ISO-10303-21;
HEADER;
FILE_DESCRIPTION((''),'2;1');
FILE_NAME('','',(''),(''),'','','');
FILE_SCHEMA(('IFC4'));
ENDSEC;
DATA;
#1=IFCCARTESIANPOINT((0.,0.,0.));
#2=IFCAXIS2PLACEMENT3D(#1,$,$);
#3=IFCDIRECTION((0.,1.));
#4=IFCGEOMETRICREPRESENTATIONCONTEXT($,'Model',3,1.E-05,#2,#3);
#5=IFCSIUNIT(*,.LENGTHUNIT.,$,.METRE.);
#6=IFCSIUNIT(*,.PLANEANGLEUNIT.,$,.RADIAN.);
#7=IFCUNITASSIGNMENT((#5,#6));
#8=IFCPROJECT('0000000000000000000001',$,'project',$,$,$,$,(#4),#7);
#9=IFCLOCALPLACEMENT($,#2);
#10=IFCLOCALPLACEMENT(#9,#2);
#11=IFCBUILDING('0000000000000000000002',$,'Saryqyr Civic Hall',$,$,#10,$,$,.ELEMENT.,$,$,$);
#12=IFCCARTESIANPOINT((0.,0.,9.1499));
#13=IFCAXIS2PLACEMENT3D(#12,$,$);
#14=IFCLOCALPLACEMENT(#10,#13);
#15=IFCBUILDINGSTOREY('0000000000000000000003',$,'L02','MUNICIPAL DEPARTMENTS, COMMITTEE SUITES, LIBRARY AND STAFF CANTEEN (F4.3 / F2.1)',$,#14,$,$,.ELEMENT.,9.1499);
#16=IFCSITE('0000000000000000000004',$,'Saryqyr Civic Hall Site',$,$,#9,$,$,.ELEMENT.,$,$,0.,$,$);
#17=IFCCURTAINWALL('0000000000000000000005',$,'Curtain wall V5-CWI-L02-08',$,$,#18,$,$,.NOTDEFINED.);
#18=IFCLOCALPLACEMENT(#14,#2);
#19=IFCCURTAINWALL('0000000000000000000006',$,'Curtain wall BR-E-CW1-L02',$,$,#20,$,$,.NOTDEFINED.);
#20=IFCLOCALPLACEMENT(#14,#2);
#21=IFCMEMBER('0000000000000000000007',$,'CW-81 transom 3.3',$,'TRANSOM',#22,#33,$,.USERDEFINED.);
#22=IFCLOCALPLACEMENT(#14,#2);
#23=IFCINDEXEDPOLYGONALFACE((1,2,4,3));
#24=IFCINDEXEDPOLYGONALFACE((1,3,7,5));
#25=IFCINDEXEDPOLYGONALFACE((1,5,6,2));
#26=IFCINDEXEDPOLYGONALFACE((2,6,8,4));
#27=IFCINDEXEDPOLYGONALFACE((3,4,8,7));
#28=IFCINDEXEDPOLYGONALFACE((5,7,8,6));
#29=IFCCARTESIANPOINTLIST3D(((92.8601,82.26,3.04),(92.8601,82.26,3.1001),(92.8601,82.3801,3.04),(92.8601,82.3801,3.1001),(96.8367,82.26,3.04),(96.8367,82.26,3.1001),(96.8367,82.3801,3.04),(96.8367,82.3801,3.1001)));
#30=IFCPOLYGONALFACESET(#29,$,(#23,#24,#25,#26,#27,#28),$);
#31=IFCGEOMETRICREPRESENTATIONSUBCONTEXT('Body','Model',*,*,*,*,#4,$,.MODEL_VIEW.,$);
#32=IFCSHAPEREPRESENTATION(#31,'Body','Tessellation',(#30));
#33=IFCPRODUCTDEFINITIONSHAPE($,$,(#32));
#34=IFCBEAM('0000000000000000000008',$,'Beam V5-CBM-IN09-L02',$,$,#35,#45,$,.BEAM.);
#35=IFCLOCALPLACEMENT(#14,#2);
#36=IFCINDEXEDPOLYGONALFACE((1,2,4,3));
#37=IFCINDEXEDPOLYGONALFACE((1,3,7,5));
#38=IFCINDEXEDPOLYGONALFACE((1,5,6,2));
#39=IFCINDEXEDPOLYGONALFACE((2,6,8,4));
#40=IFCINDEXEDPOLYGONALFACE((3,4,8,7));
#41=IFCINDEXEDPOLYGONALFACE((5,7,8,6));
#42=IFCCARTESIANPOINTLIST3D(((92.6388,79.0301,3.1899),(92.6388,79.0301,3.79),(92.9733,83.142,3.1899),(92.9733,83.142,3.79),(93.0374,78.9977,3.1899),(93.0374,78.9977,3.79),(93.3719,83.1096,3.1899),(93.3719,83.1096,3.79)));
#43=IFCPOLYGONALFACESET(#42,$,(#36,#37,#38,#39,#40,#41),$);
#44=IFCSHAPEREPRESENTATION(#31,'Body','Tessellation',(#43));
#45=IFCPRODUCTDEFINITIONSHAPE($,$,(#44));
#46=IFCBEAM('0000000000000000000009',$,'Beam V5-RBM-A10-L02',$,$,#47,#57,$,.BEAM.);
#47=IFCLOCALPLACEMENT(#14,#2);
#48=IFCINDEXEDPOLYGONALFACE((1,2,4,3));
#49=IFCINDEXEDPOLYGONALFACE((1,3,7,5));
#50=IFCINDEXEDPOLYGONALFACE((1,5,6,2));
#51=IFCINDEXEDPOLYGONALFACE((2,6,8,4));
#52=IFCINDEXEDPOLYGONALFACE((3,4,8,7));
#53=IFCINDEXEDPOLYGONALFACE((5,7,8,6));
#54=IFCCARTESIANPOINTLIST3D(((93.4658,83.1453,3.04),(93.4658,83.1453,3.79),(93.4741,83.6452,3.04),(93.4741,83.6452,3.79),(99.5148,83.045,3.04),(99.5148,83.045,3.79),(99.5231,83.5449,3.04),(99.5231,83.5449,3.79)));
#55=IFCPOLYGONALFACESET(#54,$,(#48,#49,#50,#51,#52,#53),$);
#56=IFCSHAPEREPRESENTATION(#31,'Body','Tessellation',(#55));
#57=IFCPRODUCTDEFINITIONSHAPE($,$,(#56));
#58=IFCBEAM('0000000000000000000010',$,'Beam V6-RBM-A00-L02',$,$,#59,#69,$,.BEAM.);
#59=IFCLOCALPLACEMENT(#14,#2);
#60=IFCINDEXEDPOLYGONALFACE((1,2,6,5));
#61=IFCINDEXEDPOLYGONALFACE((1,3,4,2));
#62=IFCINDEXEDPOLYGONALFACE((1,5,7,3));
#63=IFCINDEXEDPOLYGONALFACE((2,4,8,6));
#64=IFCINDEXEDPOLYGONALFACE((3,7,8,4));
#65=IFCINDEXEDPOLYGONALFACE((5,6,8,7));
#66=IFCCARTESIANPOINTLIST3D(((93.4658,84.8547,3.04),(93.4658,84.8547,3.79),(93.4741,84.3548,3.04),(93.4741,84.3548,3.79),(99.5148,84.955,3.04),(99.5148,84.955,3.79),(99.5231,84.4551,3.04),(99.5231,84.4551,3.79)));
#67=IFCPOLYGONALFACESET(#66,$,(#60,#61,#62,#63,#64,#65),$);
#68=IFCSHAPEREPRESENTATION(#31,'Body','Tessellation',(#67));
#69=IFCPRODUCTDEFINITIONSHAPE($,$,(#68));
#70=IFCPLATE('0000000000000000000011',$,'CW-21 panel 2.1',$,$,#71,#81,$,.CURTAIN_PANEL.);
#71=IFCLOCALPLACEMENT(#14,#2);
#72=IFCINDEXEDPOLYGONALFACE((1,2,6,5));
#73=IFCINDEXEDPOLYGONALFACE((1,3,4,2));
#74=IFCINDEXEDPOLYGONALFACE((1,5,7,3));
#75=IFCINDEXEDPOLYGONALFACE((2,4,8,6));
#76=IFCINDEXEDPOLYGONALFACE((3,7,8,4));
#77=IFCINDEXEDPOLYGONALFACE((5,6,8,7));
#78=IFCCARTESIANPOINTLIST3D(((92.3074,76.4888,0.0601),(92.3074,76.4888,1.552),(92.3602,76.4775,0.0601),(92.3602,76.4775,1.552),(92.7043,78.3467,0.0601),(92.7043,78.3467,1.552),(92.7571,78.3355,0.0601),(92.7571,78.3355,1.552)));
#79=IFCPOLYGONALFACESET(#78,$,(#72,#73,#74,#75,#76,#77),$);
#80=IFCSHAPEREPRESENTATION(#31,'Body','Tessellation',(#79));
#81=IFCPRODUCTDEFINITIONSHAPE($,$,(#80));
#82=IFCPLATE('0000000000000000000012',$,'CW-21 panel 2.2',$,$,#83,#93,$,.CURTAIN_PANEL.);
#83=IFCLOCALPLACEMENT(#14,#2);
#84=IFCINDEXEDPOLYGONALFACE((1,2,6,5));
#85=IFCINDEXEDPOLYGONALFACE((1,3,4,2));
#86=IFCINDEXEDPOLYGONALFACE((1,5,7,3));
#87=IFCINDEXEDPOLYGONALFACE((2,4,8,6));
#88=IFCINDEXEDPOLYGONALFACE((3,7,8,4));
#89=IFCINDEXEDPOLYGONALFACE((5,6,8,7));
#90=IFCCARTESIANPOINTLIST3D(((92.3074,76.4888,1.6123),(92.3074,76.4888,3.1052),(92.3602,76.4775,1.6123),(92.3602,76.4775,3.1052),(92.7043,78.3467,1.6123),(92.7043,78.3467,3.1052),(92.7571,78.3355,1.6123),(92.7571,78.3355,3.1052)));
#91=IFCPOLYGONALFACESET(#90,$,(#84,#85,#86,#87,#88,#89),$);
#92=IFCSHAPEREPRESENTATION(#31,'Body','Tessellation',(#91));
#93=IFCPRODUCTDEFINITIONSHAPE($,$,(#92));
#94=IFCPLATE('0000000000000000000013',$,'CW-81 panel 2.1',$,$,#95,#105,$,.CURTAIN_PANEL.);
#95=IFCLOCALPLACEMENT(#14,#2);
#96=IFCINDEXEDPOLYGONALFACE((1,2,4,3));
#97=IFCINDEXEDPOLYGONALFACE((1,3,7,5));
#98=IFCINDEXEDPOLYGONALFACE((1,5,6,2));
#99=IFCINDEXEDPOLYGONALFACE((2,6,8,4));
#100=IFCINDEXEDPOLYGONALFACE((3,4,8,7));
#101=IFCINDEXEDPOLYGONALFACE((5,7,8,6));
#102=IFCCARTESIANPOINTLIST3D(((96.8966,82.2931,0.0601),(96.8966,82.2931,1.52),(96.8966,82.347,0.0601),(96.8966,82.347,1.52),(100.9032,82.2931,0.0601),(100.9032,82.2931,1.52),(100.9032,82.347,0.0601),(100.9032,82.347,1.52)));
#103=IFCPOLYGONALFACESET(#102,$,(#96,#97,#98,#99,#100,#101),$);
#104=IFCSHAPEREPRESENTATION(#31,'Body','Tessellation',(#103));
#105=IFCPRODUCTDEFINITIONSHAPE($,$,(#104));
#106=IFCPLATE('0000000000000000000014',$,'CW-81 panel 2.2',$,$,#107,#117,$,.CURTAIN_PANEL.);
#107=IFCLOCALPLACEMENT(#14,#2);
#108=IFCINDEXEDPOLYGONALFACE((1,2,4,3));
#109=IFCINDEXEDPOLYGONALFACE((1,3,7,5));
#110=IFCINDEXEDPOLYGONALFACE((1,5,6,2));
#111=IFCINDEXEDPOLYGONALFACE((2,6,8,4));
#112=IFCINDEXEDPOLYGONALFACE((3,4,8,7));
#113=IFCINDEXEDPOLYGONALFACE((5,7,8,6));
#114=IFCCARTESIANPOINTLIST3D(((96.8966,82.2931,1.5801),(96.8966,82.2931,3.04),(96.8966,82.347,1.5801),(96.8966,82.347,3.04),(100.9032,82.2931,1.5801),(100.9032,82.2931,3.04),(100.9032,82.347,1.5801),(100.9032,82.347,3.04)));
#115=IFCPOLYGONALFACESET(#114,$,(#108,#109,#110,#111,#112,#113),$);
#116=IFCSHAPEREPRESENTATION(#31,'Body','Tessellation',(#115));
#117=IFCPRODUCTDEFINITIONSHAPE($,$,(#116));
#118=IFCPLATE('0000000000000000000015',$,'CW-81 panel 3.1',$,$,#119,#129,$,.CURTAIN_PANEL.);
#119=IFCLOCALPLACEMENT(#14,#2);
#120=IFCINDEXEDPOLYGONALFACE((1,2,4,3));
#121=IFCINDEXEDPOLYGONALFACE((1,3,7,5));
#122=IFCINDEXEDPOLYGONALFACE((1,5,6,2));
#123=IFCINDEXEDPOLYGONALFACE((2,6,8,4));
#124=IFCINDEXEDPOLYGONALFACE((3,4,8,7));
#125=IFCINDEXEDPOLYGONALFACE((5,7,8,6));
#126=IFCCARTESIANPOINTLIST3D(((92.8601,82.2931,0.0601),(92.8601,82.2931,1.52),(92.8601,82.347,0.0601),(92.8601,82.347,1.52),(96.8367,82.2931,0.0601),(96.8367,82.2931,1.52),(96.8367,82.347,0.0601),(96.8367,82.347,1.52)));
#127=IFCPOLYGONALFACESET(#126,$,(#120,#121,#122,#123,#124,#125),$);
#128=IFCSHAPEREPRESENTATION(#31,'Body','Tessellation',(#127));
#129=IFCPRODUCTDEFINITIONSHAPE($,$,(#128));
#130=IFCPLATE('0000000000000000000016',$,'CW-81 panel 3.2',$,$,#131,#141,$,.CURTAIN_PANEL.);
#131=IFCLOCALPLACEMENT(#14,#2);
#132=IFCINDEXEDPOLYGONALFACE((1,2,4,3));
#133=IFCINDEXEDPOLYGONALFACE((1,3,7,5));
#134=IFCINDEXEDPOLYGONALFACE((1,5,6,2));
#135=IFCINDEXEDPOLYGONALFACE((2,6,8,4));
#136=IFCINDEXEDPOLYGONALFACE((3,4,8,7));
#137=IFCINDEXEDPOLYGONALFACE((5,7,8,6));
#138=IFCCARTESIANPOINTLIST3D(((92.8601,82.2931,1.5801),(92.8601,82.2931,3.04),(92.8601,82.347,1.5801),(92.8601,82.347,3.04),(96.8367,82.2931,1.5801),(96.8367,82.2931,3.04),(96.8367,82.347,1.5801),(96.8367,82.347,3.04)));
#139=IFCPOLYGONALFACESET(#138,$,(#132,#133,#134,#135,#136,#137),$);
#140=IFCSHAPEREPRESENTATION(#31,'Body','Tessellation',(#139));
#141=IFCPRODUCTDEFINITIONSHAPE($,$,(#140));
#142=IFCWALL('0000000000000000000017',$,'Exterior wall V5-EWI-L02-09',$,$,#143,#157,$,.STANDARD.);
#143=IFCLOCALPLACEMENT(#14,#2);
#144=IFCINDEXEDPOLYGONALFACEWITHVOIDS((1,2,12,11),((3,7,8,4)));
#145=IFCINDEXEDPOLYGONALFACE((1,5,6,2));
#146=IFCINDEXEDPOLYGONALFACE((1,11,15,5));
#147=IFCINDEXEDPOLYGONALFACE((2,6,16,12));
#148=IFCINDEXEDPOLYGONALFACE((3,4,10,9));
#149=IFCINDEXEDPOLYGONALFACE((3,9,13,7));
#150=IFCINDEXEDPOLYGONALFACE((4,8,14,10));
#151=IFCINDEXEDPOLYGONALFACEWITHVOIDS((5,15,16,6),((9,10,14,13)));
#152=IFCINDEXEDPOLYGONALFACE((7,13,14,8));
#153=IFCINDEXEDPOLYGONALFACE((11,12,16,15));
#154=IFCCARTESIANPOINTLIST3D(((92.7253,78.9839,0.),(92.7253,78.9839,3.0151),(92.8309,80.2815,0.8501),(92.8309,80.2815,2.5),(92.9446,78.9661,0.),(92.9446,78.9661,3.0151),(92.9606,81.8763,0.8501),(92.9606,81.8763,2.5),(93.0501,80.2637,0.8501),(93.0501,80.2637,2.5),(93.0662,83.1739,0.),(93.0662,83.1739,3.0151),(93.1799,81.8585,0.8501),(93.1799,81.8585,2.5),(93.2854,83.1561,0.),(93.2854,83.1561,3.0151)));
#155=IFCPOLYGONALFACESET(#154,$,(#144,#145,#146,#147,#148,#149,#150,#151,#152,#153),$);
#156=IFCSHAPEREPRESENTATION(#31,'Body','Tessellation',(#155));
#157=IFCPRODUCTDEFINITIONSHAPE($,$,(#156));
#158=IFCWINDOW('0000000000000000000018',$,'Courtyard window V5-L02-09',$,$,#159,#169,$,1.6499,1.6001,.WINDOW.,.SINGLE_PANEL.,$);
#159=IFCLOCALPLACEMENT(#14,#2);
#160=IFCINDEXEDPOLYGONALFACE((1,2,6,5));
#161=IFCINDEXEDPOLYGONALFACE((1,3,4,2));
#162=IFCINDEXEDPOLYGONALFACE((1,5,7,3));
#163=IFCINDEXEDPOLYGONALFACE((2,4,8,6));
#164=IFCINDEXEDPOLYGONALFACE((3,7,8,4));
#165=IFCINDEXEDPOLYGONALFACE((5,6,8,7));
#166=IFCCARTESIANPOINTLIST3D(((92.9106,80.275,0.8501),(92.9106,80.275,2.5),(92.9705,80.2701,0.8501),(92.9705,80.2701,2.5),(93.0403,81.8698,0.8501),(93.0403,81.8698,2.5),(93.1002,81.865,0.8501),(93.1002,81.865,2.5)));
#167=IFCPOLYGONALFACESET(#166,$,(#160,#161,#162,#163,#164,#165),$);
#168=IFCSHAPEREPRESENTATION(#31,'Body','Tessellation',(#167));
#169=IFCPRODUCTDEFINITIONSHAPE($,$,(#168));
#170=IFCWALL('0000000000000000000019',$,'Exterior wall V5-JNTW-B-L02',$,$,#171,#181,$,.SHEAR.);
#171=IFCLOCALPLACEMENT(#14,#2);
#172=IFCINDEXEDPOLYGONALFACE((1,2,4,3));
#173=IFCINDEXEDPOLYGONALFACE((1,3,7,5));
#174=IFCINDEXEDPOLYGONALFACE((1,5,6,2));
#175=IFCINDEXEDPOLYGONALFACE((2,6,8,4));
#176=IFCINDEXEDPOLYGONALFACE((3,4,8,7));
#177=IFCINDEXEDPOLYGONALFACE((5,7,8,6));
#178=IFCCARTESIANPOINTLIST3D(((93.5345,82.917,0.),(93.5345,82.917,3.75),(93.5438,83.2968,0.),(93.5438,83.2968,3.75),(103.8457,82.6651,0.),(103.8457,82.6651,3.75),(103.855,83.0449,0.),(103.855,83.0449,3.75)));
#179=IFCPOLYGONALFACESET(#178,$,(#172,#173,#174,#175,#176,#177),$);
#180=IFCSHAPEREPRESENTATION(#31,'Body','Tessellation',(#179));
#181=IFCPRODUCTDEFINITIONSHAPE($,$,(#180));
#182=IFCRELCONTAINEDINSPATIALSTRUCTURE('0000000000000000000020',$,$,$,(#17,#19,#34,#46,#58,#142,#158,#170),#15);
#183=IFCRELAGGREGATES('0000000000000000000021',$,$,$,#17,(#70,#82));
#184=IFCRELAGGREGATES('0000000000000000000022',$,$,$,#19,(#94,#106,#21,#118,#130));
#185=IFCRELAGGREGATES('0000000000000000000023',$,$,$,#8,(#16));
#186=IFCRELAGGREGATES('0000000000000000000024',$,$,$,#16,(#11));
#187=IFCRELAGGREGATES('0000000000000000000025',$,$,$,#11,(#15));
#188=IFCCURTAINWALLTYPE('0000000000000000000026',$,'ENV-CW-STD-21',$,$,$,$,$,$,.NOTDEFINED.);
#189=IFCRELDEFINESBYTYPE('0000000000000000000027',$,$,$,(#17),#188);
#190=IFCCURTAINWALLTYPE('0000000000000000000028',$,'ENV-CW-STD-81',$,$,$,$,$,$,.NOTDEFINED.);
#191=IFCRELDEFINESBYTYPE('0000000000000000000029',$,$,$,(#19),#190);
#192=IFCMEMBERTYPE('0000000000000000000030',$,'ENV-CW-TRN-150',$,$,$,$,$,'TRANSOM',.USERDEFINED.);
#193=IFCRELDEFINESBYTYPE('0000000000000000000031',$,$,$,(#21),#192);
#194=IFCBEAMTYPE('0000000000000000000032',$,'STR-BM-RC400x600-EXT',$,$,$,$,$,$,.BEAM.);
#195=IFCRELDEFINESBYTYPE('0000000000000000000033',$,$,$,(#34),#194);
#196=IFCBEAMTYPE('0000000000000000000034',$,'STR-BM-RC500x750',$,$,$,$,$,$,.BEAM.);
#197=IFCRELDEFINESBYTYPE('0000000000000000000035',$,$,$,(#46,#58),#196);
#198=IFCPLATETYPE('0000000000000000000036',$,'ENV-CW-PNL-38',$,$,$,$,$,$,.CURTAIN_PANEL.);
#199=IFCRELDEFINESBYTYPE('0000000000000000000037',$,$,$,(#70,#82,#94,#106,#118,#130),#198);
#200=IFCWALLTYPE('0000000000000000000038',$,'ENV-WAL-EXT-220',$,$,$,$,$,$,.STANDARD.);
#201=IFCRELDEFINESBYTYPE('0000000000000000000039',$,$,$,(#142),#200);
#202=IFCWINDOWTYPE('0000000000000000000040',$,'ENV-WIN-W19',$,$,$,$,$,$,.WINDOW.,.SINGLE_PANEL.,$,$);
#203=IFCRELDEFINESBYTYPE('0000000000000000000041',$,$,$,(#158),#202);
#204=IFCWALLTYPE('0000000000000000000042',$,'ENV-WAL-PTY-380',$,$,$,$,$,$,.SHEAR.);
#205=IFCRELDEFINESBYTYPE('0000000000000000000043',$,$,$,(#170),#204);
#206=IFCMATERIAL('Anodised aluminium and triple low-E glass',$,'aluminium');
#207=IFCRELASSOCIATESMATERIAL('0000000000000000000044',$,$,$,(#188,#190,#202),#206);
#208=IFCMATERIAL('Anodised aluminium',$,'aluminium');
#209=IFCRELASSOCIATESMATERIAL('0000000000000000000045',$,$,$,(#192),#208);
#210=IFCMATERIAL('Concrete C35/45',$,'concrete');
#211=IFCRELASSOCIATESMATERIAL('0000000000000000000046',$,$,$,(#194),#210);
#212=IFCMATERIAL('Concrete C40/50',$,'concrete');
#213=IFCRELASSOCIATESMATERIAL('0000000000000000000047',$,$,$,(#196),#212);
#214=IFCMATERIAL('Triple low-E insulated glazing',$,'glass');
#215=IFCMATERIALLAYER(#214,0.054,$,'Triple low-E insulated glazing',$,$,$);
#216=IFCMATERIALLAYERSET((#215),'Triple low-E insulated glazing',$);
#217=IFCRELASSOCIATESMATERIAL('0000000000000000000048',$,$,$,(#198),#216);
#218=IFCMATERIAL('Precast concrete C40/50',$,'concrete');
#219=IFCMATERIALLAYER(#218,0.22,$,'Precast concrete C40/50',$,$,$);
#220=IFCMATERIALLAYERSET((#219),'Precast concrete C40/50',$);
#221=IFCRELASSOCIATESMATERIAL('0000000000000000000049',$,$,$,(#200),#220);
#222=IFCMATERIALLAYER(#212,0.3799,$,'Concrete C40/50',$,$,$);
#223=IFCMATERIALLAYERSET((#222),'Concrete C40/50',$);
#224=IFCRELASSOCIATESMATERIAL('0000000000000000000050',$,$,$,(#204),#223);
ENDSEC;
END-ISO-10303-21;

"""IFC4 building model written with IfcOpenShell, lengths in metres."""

from ifc_helpers import new_model, si_unit, direction, frame, frame_2d, origin, origin_2d, place, context, subcontext, project, spatial, rectangle, extrude, material, layer, layer_set, material_profile, profile_set, type_object, element, fill, aggregate, save


model = new_model("IFC4")

# Units and contexts
model_context = context("Model", 3, precision=1e-05, world=origin(), true_north=direction((0.0, 1.0)))
body_context = subcontext(model_context, "Body", "Model", "MODEL_VIEW")
ifc_project = project(units=[si_unit("LENGTHUNIT", "METRE"), si_unit("PLANEANGLEUNIT", "RADIAN")], contexts=[model_context])

# Site, building, storey
site_placement = place(None, origin())
site = spatial("IfcSite", under=ifc_project, at=site_placement, Name="Saryqyr Civic Hall Site", CompositionType="ELEMENT", RefElevation=0.0)
building_placement = place(site_placement, origin())
building = spatial("IfcBuilding", under=site, at=building_placement, Name="Saryqyr Civic Hall", CompositionType="ELEMENT")
storey_placement = place(building_placement, frame((0.0, 0.0, 9.1499)))
storey = spatial("IfcBuildingStorey", under=building, at=storey_placement, Name="L02", Description="MUNICIPAL DEPARTMENTS, COMMITTEE SUITES, LIBRARY AND STAFF CANTEEN (F4.3 / F2.1)", CompositionType="ELEMENT", Elevation=9.1499)

# Shared definitions
ifc_material_1 = material(Name="Concrete C40/50", Category="concrete")

# Curtain wall
ifc_material_2 = material(Name="Anodised aluminium and triple low-E glass", Category="aluminium")
curtain_wall_type_1 = type_object("IfcCurtainWallType", Name="ENV-CW-STD-21", PredefinedType="NOTDEFINED", material=ifc_material_2)
curtain_wall_1_placement = place(storey_placement, origin())
curtain_wall_1 = element("IfcCurtainWall", 1, at=curtain_wall_1_placement, inside=storey, type_object=curtain_wall_type_1, Name="Curtain wall V5-CWI-L02-08", PredefinedType="NOTDEFINED")
ifc_material_3 = material(Name="Anodised aluminium", Category="aluminium")

# Curtain wall
curtain_wall_type_2 = type_object("IfcCurtainWallType", Name="ENV-CW-STD-81", PredefinedType="NOTDEFINED", material=ifc_material_2)
curtain_wall_2_placement = place(storey_placement, origin())
curtain_wall_2 = element("IfcCurtainWall", 2, at=curtain_wall_2_placement, inside=storey, type_object=curtain_wall_type_2, Name="Curtain wall BR-E-CW1-L02", PredefinedType="NOTDEFINED")

# Member
ifc_material_profile_1 = material_profile(ifc_material_3, rectangle(XDim=0.1201, YDim=0.0601, at=origin_2d()), Name="ALU TRANSOM 120x60")
ifc_profile_set_1 = profile_set([ifc_material_profile_1], Name="Anodised aluminium")
member_type_1 = type_object("IfcMemberType", Name="ENV-CW-TRN-150", ElementType="TRANSOM", PredefinedType="USERDEFINED", material=ifc_profile_set_1)
member_1_placement = place(storey_placement, frame((96.8367, 82.3201, 3.0701), z_axis=(-1.0, 0.0, 0.0), x_axis=(0.0, -1.0, 0.0)))
member_1 = element("IfcMember", 3, at=member_1_placement, type_object=member_type_1, Name="CW-81 transom 3.3", ObjectType="TRANSOM", PredefinedType="USERDEFINED", context=body_context, shape_type="SweptSolid", body=[
    extrude(rectangle(XDim=0.1201, YDim=0.0601, at=origin_2d()), origin(), (0.0, 0.0, 1.0), 3.9766),
])

# Beams
ifc_material_4 = material(Name="Concrete C35/45", Category="concrete")
ifc_material_profile_2 = material_profile(ifc_material_4, rectangle(XDim=0.3999, YDim=0.6001, at=origin_2d()), Name="RC 400x600")
ifc_profile_set_2 = profile_set([ifc_material_profile_2], Name="Concrete C35/45")
beam_type_1 = type_object("IfcBeamType", Name="STR-BM-RC400x600-EXT", PredefinedType="BEAM", material=ifc_profile_set_2)
beam_placement = place(storey_placement, frame((92.8381, 79.0139, 3.49), z_axis=(0.081076, 0.996708, 0.0), x_axis=(-0.996708, 0.081076, 0.0)))
element("IfcBeam", 4, at=beam_placement, inside=storey, type_object=beam_type_1, Name="Beam V5-CBM-IN09-L02", PredefinedType="BEAM", context=body_context, shape_type="SweptSolid", body=[
    extrude(rectangle(XDim=0.3999, YDim=0.6001, at=origin_2d()), origin(), (0.0, 0.0, 1.0), 4.1255),
])
ifc_material_profile_3 = material_profile(ifc_material_1, rectangle(XDim=0.5, YDim=0.75, at=origin_2d()), Name="RC 500x750")
ifc_profile_set_3 = profile_set([ifc_material_profile_3], Name="Concrete C40/50")
beam_type_2 = type_object("IfcBeamType", Name="STR-BM-RC500x750", PredefinedType="BEAM", material=ifc_profile_set_3)
for number, where, z_axis, x_axis, name in (
    (5, (93.47, 83.3953, 3.415), (0.999862, -0.016586, 0.0), (0.016586, 0.999862, 0.0), "Beam V5-RBM-A10-L02"),
    (6, (93.47, 84.6047, 3.415), (0.999862, 0.016586, 0.0), (-0.016586, 0.999862, 0.0), "Beam V6-RBM-A00-L02"),
):
    element("IfcBeam", number, at=place(storey_placement, frame(where, z_axis=z_axis, x_axis=x_axis)), inside=storey, type_object=beam_type_2, Name=name, PredefinedType="BEAM", context=body_context, shape_type="SweptSolid", body=[
        extrude(rectangle(XDim=0.5, YDim=0.75, at=origin_2d()), origin(), (0.0, 0.0, 1.0), 6.0498),
    ])

# Plates
ifc_material_5 = material(Name="Triple low-E insulated glazing", Category="glass")
ifc_layer_1 = layer(ifc_material_5, 0.054, Name="Triple low-E insulated glazing")
ifc_layer_set_1 = layer_set([ifc_layer_1], Name="Triple low-E insulated glazing")
plate_type = type_object("IfcPlateType", Name="ENV-CW-PNL-38", PredefinedType="CURTAIN_PANEL", material=ifc_layer_set_1)
plate_1_placement = place(storey_placement, frame((92.5322, 77.4121, 0.0601), z_axis=(0.0, 0.0, 1.0), x_axis=(0.208899, 0.977937, 0.0)))
plate_1 = element("IfcPlate", 7, at=plate_1_placement, type_object=plate_type, Name="CW-21 panel 2.1", PredefinedType="CURTAIN_PANEL", context=body_context, shape_type="SweptSolid", body=[
    extrude(rectangle(XDim=1.8999, YDim=0.054, at=origin_2d()), origin(), (0.0, 0.0, 1.0), 1.4919),
])
plate_2_placement = place(storey_placement, frame((92.5322, 77.4121, 1.6123), z_axis=(0.0, 0.0, 1.0), x_axis=(0.208899, 0.977937, 0.0)))
plate_2 = element("IfcPlate", 8, at=plate_2_placement, type_object=plate_type, Name="CW-21 panel 2.2", PredefinedType="CURTAIN_PANEL", context=body_context, shape_type="SweptSolid", body=[
    extrude(rectangle(XDim=1.8999, YDim=0.054, at=origin_2d()), origin(), (0.0, 0.0, 1.0), 1.4929),
])
aggregate(curtain_wall_1, [plate_1, plate_2])
plate_3_placement = place(storey_placement, frame((98.8999, 82.3201, 0.0601), z_axis=(0.0, 0.0, 1.0), x_axis=(-1.0, 0.0, 0.0)))
plate_3 = element("IfcPlate", 9, at=plate_3_placement, type_object=plate_type, Name="CW-81 panel 2.1", PredefinedType="CURTAIN_PANEL", context=body_context, shape_type="SweptSolid", body=[
    extrude(rectangle(XDim=4.0066, YDim=0.054, at=origin_2d()), origin(), (0.0, 0.0, 1.0), 1.46),
])
plate_4_placement = place(storey_placement, frame((98.8999, 82.3201, 1.5801), z_axis=(0.0, 0.0, 1.0), x_axis=(-1.0, 0.0, 0.0)))
plate_4 = element("IfcPlate", 10, at=plate_4_placement, type_object=plate_type, Name="CW-81 panel 2.2", PredefinedType="CURTAIN_PANEL", context=body_context, shape_type="SweptSolid", body=[
    extrude(rectangle(XDim=4.0066, YDim=0.054, at=origin_2d()), origin(), (0.0, 0.0, 1.0), 1.46),
])
plate_5_placement = place(storey_placement, frame((94.8484, 82.3201, 0.0601), z_axis=(0.0, 0.0, 1.0), x_axis=(-1.0, 0.0, 0.0)))
plate_5 = element("IfcPlate", 11, at=plate_5_placement, type_object=plate_type, Name="CW-81 panel 3.1", PredefinedType="CURTAIN_PANEL", context=body_context, shape_type="SweptSolid", body=[
    extrude(rectangle(XDim=3.9766, YDim=0.054, at=origin_2d()), origin(), (0.0, 0.0, 1.0), 1.46),
])
plate_6_placement = place(storey_placement, frame((94.8484, 82.3201, 1.5801), z_axis=(0.0, 0.0, 1.0), x_axis=(-1.0, 0.0, 0.0)))
plate_6 = element("IfcPlate", 12, at=plate_6_placement, type_object=plate_type, Name="CW-81 panel 3.2", PredefinedType="CURTAIN_PANEL", context=body_context, shape_type="SweptSolid", body=[
    extrude(rectangle(XDim=3.9766, YDim=0.054, at=origin_2d()), origin(), (0.0, 0.0, 1.0), 1.46),
])
aggregate(curtain_wall_2, [plate_3, plate_4, member_1, plate_5, plate_6])

# Wall, opening, window
ifc_material_6 = material(Name="Precast concrete C40/50", Category="concrete")
ifc_layer_2 = layer(ifc_material_6, 0.22, Name="Precast concrete C40/50")
ifc_layer_set_2 = layer_set([ifc_layer_2], Name="Precast concrete C40/50")
wall_type_1 = type_object("IfcWallType", Name="ENV-WAL-EXT-220", PredefinedType="STANDARD", material=ifc_layer_set_2)
wall_1_placement = place(storey_placement, frame((92.835, 78.9749, 0.0), z_axis=(0.0, 0.0, 1.0), x_axis=(0.081075, 0.996708, 0.0)))
wall_1 = element("IfcWall", 13, at=wall_1_placement, inside=storey, type_object=wall_type_1, Name="Exterior wall V5-EWI-L02-09", PredefinedType="STANDARD", context=body_context, shape_type="SweptSolid", body=[
    extrude(rectangle(XDim=4.2039, YDim=0.22, at=frame_2d((2.1021, 0.0))), origin(), (0.0, 0.0, 1.0), 3.0151),
])
opening_1_placement = place(wall_1_placement, frame((1.302, 0.0, 0.8501)))
opening_1 = element("IfcOpeningElement", 14, at=opening_1_placement, cuts=wall_1, PredefinedType="OPENING", context=body_context, shape_type="SweptSolid", body=[
    extrude(rectangle(XDim=1.6001, YDim=1.6499, at=frame_2d((0.8, 0.825))), frame((0.0, 0.1199, 0.0), z_axis=(0.0, -1.0, 0.0), x_axis=(1.0, 0.0, 0.0)), (0.0, 0.0, 1.0), 0.24),
])
window_type = type_object("IfcWindowType", Name="ENV-WIN-W19", PartitioningType="SINGLE_PANEL", PredefinedType="WINDOW", material=ifc_material_2)
window_placement = place(opening_1_placement, origin())
window = element("IfcWindow", 15, at=window_placement, inside=storey, type_object=window_type, Name="Courtyard window V5-L02-09", OverallHeight=1.6499, OverallWidth=1.6001, PartitioningType="SINGLE_PANEL", PredefinedType="WINDOW", context=body_context, shape_type="SweptSolid", body=[
    extrude(rectangle(XDim=1.6001, YDim=1.6499, at=frame_2d((0.8, 0.825))), frame((0.0, 0.03, 0.0), z_axis=(0.0, -1.0, 0.0), x_axis=(1.0, 0.0, 0.0)), (0.0, 0.0, 1.0), 0.0601),
])
fill(opening_1, window)

# Wall
ifc_layer_3 = layer(ifc_material_1, 0.3799, Name="Concrete C40/50")
ifc_layer_set_3 = layer_set([ifc_layer_3], Name="Concrete C40/50")
wall_type_2 = type_object("IfcWallType", Name="ENV-WAL-PTY-380", PredefinedType="SHEAR", material=ifc_layer_set_3)
wall_2_placement = place(storey_placement, frame((93.5391, 83.1069, 0.0), z_axis=(0.0, 0.0, 1.0), x_axis=(0.999702, -0.024428, 0.0)))
element("IfcWall", 16, at=wall_2_placement, inside=storey, type_object=wall_type_2, Name="Exterior wall V5-JNTW-B-L02", PredefinedType="SHEAR", context=body_context, shape_type="SweptSolid", body=[
    extrude(rectangle(XDim=10.3142, YDim=0.3799, at=frame_2d((5.1572, 0.0))), origin(), (0.0, 0.0, 1.0), 3.75),
])

save(model, "model.ifc")
